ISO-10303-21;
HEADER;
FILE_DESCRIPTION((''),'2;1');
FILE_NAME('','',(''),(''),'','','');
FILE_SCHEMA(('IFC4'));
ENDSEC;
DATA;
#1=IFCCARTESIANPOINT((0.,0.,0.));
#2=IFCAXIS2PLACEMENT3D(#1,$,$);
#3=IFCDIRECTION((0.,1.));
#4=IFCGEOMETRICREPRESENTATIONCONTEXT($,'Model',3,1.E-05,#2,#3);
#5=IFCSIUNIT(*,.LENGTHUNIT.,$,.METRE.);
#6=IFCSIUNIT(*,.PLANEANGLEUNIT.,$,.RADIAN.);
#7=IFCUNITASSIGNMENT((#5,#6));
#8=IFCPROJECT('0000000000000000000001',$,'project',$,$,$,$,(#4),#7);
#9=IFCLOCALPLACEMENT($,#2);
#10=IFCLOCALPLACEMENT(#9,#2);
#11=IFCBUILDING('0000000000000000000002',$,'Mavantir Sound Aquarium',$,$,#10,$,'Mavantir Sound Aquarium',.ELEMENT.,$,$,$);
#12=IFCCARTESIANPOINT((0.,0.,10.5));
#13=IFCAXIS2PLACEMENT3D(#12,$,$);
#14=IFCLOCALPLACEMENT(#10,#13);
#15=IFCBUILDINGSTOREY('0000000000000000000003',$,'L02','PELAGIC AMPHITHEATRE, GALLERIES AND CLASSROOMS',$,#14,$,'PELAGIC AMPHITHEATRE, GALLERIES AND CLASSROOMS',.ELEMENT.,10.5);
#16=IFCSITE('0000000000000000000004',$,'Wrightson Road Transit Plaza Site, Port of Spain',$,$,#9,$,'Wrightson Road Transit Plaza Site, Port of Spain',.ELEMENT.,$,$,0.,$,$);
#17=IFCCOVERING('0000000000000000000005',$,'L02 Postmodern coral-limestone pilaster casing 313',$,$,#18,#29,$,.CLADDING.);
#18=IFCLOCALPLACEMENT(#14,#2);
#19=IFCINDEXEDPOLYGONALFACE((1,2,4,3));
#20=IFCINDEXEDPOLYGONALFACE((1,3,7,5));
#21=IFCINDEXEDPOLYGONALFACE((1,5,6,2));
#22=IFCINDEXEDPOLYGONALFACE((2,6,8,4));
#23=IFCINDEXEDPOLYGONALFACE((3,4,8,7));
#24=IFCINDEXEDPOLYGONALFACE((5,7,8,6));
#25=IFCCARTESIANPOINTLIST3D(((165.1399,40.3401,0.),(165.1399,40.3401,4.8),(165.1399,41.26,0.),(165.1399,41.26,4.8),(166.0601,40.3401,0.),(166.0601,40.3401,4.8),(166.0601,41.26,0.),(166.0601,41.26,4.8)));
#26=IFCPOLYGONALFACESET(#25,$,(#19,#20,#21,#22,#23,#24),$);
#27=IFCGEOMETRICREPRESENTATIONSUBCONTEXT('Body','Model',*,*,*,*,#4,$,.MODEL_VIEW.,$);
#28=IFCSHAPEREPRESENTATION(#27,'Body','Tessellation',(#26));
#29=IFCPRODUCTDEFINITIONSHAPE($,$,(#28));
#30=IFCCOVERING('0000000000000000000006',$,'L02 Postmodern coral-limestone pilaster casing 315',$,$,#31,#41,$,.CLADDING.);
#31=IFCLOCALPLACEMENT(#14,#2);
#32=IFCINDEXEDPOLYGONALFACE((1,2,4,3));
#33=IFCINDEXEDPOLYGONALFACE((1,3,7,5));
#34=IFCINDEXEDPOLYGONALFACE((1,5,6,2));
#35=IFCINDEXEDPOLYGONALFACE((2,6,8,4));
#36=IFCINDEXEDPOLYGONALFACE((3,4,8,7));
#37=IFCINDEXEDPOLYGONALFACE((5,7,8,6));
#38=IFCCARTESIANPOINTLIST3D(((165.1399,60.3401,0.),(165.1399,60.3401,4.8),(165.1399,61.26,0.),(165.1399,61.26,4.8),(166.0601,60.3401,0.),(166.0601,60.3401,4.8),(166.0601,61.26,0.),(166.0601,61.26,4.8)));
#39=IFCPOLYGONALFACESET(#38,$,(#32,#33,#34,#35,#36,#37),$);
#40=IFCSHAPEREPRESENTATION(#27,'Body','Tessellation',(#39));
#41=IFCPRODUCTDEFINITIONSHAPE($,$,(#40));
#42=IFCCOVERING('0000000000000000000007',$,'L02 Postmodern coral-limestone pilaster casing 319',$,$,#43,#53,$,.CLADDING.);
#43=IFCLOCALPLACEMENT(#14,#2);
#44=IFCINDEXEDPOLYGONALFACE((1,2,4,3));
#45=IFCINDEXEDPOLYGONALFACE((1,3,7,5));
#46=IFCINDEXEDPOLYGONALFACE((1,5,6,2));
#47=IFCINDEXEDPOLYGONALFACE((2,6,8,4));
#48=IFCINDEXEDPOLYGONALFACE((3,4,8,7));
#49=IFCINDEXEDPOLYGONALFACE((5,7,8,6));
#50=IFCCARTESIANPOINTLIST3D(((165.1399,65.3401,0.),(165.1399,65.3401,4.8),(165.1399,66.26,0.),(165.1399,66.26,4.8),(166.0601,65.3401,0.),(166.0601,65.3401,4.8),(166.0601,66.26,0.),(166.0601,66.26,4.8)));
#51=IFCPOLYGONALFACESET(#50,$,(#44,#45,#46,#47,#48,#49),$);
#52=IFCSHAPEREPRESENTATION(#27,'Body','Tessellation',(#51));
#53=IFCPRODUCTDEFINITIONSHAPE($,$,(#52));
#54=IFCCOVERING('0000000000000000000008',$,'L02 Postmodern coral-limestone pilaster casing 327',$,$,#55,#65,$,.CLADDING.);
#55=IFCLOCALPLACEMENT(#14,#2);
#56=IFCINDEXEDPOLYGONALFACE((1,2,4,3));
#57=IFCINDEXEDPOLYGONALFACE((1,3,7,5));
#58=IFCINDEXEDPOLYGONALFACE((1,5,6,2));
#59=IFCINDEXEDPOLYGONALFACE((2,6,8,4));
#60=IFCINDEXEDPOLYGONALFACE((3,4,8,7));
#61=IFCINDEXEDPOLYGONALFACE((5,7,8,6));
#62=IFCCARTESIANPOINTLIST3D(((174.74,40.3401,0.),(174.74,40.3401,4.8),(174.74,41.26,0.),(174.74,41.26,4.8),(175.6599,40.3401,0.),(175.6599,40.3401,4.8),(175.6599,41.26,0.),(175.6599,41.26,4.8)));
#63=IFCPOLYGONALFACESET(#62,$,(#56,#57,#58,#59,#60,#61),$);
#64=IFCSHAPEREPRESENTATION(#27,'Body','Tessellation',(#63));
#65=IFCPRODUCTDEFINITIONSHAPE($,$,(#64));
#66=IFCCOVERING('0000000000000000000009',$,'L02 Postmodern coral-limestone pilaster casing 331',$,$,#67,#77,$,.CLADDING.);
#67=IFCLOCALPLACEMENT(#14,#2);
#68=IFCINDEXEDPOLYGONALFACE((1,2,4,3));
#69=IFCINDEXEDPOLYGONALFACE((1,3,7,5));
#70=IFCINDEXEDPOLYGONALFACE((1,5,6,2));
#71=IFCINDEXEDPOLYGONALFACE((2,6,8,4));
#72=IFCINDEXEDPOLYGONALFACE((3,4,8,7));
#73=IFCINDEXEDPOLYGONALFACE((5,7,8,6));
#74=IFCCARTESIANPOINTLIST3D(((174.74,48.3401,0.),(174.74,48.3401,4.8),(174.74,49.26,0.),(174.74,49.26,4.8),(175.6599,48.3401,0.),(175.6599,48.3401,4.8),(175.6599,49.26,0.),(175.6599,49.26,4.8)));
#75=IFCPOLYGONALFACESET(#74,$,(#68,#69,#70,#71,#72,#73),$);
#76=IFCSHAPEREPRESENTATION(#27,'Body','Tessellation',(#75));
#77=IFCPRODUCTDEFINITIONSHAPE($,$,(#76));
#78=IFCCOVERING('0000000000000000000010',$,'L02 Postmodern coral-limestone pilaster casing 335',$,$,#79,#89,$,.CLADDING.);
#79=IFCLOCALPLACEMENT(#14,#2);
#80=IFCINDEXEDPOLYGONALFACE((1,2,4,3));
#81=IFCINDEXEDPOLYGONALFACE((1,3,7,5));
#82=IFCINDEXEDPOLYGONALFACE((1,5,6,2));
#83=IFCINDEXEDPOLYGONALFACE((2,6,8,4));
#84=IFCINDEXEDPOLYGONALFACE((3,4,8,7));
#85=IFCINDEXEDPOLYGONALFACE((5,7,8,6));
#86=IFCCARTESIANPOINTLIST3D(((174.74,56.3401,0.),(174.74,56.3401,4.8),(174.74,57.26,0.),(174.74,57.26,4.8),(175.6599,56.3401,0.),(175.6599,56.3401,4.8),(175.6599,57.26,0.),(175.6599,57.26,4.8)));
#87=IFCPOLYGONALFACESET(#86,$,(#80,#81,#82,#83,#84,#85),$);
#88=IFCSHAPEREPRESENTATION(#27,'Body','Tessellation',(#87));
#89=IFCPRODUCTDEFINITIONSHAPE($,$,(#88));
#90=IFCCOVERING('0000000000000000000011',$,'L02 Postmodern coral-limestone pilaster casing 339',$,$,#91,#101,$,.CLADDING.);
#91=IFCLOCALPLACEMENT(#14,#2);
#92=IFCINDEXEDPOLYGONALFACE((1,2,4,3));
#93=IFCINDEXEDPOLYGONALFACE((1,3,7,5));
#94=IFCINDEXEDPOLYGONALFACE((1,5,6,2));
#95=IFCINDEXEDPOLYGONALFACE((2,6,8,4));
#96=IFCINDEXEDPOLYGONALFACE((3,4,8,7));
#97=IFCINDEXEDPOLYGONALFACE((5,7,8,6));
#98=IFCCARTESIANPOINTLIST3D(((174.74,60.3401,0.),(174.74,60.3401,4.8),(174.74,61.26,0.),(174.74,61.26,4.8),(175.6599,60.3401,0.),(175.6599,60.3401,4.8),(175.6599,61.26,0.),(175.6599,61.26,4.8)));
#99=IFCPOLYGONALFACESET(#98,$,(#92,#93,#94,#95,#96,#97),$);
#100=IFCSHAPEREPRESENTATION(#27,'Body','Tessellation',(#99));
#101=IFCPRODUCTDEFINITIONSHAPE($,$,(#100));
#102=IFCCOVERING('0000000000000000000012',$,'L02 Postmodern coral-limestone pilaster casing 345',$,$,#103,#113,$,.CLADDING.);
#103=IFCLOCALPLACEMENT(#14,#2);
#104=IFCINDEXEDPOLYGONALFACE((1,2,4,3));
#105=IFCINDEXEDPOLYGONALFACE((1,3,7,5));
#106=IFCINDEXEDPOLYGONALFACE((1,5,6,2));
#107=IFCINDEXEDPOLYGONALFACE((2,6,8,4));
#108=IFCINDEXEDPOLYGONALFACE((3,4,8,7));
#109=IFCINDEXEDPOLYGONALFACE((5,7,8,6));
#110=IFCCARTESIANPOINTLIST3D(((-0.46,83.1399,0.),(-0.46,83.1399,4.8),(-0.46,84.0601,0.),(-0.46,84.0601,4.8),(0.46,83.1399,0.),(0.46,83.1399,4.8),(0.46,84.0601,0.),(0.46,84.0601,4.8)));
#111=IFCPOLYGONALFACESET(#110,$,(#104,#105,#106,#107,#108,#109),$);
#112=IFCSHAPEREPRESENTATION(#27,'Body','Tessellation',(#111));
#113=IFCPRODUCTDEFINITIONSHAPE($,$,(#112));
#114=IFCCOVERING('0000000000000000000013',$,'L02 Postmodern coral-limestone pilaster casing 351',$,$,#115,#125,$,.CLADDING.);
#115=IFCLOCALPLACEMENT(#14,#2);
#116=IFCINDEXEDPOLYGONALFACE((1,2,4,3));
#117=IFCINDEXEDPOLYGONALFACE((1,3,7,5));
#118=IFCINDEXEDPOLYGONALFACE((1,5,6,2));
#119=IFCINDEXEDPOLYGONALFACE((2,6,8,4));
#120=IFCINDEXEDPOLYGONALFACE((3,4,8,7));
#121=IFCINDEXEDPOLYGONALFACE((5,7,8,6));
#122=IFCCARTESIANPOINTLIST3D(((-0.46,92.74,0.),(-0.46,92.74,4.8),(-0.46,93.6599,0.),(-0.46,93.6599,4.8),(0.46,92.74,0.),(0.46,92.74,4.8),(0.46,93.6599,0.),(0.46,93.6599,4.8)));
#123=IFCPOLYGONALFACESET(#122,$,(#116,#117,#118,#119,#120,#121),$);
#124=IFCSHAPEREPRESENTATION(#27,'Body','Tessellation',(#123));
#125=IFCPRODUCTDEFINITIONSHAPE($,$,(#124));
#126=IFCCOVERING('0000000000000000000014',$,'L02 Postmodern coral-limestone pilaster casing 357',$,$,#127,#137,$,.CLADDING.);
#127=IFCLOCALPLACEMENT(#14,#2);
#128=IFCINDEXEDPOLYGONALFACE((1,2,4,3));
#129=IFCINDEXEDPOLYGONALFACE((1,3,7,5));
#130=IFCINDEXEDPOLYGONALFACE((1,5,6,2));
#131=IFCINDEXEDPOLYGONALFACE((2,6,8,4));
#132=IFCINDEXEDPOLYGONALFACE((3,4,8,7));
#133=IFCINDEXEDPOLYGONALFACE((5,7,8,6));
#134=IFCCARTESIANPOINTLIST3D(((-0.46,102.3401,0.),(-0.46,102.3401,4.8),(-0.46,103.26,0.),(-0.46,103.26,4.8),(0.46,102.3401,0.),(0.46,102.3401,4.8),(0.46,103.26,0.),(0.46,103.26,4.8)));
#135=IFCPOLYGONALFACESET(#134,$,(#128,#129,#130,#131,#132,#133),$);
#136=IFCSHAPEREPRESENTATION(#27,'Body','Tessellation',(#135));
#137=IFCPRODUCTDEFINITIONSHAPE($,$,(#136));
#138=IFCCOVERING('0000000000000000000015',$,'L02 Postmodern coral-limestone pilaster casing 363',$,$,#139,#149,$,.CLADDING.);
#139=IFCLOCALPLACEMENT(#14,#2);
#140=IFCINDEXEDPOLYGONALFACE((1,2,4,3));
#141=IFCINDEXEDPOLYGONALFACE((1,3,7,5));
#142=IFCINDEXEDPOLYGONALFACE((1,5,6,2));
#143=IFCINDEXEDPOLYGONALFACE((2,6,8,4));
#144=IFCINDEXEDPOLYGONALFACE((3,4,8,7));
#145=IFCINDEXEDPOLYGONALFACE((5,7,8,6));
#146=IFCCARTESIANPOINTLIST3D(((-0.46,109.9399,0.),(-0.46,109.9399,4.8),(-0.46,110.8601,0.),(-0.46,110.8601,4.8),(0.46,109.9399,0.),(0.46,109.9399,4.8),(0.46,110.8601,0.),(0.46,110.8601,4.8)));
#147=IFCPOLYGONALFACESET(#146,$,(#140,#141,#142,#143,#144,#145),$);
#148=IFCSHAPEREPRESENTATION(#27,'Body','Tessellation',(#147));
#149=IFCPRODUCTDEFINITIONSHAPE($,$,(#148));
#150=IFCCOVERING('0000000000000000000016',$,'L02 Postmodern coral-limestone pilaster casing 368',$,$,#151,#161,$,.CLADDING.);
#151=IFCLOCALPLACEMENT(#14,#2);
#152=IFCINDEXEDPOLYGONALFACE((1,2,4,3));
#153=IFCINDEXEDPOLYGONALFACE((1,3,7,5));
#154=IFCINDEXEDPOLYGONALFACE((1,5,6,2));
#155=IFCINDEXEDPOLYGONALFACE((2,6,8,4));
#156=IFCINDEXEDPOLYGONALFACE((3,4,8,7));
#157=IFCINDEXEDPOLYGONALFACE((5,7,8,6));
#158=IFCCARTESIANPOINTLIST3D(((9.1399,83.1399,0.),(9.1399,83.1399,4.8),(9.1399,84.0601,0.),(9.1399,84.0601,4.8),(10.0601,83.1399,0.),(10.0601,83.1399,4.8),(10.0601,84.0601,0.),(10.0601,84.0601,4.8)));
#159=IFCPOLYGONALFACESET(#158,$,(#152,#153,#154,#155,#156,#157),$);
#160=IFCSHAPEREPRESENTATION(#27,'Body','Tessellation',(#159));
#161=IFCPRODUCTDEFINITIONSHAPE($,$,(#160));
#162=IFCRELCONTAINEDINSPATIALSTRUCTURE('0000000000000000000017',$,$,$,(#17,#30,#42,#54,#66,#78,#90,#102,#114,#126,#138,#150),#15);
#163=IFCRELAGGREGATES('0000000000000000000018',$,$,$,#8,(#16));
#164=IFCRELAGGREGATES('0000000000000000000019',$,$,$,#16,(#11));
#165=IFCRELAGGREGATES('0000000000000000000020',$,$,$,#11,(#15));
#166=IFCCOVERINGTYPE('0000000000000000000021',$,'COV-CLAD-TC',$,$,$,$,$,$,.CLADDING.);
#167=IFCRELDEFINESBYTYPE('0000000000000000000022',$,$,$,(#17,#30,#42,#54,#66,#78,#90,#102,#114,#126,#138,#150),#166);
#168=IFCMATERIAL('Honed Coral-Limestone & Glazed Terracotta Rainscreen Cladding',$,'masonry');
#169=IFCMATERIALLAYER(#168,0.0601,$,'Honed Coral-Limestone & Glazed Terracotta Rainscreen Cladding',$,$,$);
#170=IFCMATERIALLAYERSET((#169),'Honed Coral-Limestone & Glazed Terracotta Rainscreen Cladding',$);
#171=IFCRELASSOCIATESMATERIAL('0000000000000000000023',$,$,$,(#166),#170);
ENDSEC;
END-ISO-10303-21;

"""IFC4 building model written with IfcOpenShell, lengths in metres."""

from ifc_helpers import new_model, si_unit, direction, frame, origin, place, context, subcontext, project, spatial, polyline, outline, extrude, material, layer, layer_set, type_object, element, save


model = new_model("IFC4")

# Units and contexts
model_context = context("Model", 3, precision=1e-05, world=origin(), true_north=direction((0.0, 1.0)))
body_context = subcontext(model_context, "Body", "Model", "MODEL_VIEW")
ifc_project = project(units=[si_unit("LENGTHUNIT", "METRE"), si_unit("PLANEANGLEUNIT", "RADIAN")], contexts=[model_context])

# Site, building, storey
site_placement = place(None, origin())
site = spatial("IfcSite", under=ifc_project, at=site_placement, Name="Wrightson Road Transit Plaza Site, Port of Spain", LongName="Wrightson Road Transit Plaza Site, Port of Spain", CompositionType="ELEMENT", RefElevation=0.0)
building_placement = place(site_placement, origin())
building = spatial("IfcBuilding", under=site, at=building_placement, Name="Mavantir Sound Aquarium", LongName="Mavantir Sound Aquarium", CompositionType="ELEMENT")
storey_placement = place(building_placement, frame((0.0, 0.0, 10.5)))
storey = spatial("IfcBuildingStorey", under=building, at=storey_placement, Name="L02", Description="PELAGIC AMPHITHEATRE, GALLERIES AND CLASSROOMS", LongName="PELAGIC AMPHITHEATRE, GALLERIES AND CLASSROOMS", CompositionType="ELEMENT", Elevation=10.5)

# Coverings
ifc_material = material(Name="Honed Coral-Limestone & Glazed Terracotta Rainscreen Cladding", Category="masonry")
ifc_layer = layer(ifc_material, 0.0601, Name="Honed Coral-Limestone & Glazed Terracotta Rainscreen Cladding")
ifc_layer_set = layer_set([ifc_layer], Name="Honed Coral-Limestone & Glazed Terracotta Rainscreen Cladding")
covering_type = type_object("IfcCoveringType", Name="COV-CLAD-TC", PredefinedType="CLADDING", material=ifc_layer_set)
covering_1_placement = place(storey_placement, origin())
element("IfcCovering", 1, at=covering_1_placement, inside=storey, type_object=covering_type, Name="L02 Postmodern coral-limestone pilaster casing 313", PredefinedType="CLADDING", context=body_context, shape_type="SweptSolid", body=[
    extrude(outline(polyline([(165.1399, 40.3401), (166.0601, 40.3401), (166.0601, 41.26), (165.1399, 41.26), (165.1399, 40.3401)])), origin(), (0.0, 0.0, 1.0), 4.8),
])
covering_2_placement = place(storey_placement, origin())
element("IfcCovering", 2, at=covering_2_placement, inside=storey, type_object=covering_type, Name="L02 Postmodern coral-limestone pilaster casing 315", PredefinedType="CLADDING", context=body_context, shape_type="SweptSolid", body=[
    extrude(outline(polyline([(165.1399, 60.3401), (166.0601, 60.3401), (166.0601, 61.26), (165.1399, 61.26), (165.1399, 60.3401)])), origin(), (0.0, 0.0, 1.0), 4.8),
])
covering_3_placement = place(storey_placement, origin())
element("IfcCovering", 3, at=covering_3_placement, inside=storey, type_object=covering_type, Name="L02 Postmodern coral-limestone pilaster casing 319", PredefinedType="CLADDING", context=body_context, shape_type="SweptSolid", body=[
    extrude(outline(polyline([(165.1399, 65.3401), (166.0601, 65.3401), (166.0601, 66.26), (165.1399, 66.26), (165.1399, 65.3401)])), origin(), (0.0, 0.0, 1.0), 4.8),
])
covering_4_placement = place(storey_placement, origin())
element("IfcCovering", 4, at=covering_4_placement, inside=storey, type_object=covering_type, Name="L02 Postmodern coral-limestone pilaster casing 327", PredefinedType="CLADDING", context=body_context, shape_type="SweptSolid", body=[
    extrude(outline(polyline([(174.74, 40.3401), (175.6599, 40.3401), (175.6599, 41.26), (174.74, 41.26), (174.74, 40.3401)])), origin(), (0.0, 0.0, 1.0), 4.8),
])
covering_5_placement = place(storey_placement, origin())
element("IfcCovering", 5, at=covering_5_placement, inside=storey, type_object=covering_type, Name="L02 Postmodern coral-limestone pilaster casing 331", PredefinedType="CLADDING", context=body_context, shape_type="SweptSolid", body=[
    extrude(outline(polyline([(174.74, 48.3401), (175.6599, 48.3401), (175.6599, 49.26), (174.74, 49.26), (174.74, 48.3401)])), origin(), (0.0, 0.0, 1.0), 4.8),
])
covering_6_placement = place(storey_placement, origin())
element("IfcCovering", 6, at=covering_6_placement, inside=storey, type_object=covering_type, Name="L02 Postmodern coral-limestone pilaster casing 335", PredefinedType="CLADDING", context=body_context, shape_type="SweptSolid", body=[
    extrude(outline(polyline([(174.74, 56.3401), (175.6599, 56.3401), (175.6599, 57.26), (174.74, 57.26), (174.74, 56.3401)])), origin(), (0.0, 0.0, 1.0), 4.8),
])
covering_7_placement = place(storey_placement, origin())
element("IfcCovering", 7, at=covering_7_placement, inside=storey, type_object=covering_type, Name="L02 Postmodern coral-limestone pilaster casing 339", PredefinedType="CLADDING", context=body_context, shape_type="SweptSolid", body=[
    extrude(outline(polyline([(174.74, 60.3401), (175.6599, 60.3401), (175.6599, 61.26), (174.74, 61.26), (174.74, 60.3401)])), origin(), (0.0, 0.0, 1.0), 4.8),
])
covering_8_placement = place(storey_placement, origin())
element("IfcCovering", 8, at=covering_8_placement, inside=storey, type_object=covering_type, Name="L02 Postmodern coral-limestone pilaster casing 345", PredefinedType="CLADDING", context=body_context, shape_type="SweptSolid", body=[
    extrude(outline(polyline([(-0.46, 83.1399), (0.46, 83.1399), (0.46, 84.0601), (-0.46, 84.0601), (-0.46, 83.1399)])), origin(), (0.0, 0.0, 1.0), 4.8),
])
covering_9_placement = place(storey_placement, origin())
element("IfcCovering", 9, at=covering_9_placement, inside=storey, type_object=covering_type, Name="L02 Postmodern coral-limestone pilaster casing 351", PredefinedType="CLADDING", context=body_context, shape_type="SweptSolid", body=[
    extrude(outline(polyline([(-0.46, 92.74), (0.46, 92.74), (0.46, 93.6599), (-0.46, 93.6599), (-0.46, 92.74)])), origin(), (0.0, 0.0, 1.0), 4.8),
])
covering_10_placement = place(storey_placement, origin())
element("IfcCovering", 10, at=covering_10_placement, inside=storey, type_object=covering_type, Name="L02 Postmodern coral-limestone pilaster casing 357", PredefinedType="CLADDING", context=body_context, shape_type="SweptSolid", body=[
    extrude(outline(polyline([(-0.46, 102.3401), (0.46, 102.3401), (0.46, 103.26), (-0.46, 103.26), (-0.46, 102.3401)])), origin(), (0.0, 0.0, 1.0), 4.8),
])
covering_11_placement = place(storey_placement, origin())
element("IfcCovering", 11, at=covering_11_placement, inside=storey, type_object=covering_type, Name="L02 Postmodern coral-limestone pilaster casing 363", PredefinedType="CLADDING", context=body_context, shape_type="SweptSolid", body=[
    extrude(outline(polyline([(-0.46, 109.9399), (0.46, 109.9399), (0.46, 110.8601), (-0.46, 110.8601), (-0.46, 109.9399)])), origin(), (0.0, 0.0, 1.0), 4.8),
])
covering_12_placement = place(storey_placement, origin())
element("IfcCovering", 12, at=covering_12_placement, inside=storey, type_object=covering_type, Name="L02 Postmodern coral-limestone pilaster casing 368", PredefinedType="CLADDING", context=body_context, shape_type="SweptSolid", body=[
    extrude(outline(polyline([(9.1399, 83.1399), (10.0601, 83.1399), (10.0601, 84.0601), (9.1399, 84.0601), (9.1399, 83.1399)])), origin(), (0.0, 0.0, 1.0), 4.8),
])

save(model, "model.ifc")
